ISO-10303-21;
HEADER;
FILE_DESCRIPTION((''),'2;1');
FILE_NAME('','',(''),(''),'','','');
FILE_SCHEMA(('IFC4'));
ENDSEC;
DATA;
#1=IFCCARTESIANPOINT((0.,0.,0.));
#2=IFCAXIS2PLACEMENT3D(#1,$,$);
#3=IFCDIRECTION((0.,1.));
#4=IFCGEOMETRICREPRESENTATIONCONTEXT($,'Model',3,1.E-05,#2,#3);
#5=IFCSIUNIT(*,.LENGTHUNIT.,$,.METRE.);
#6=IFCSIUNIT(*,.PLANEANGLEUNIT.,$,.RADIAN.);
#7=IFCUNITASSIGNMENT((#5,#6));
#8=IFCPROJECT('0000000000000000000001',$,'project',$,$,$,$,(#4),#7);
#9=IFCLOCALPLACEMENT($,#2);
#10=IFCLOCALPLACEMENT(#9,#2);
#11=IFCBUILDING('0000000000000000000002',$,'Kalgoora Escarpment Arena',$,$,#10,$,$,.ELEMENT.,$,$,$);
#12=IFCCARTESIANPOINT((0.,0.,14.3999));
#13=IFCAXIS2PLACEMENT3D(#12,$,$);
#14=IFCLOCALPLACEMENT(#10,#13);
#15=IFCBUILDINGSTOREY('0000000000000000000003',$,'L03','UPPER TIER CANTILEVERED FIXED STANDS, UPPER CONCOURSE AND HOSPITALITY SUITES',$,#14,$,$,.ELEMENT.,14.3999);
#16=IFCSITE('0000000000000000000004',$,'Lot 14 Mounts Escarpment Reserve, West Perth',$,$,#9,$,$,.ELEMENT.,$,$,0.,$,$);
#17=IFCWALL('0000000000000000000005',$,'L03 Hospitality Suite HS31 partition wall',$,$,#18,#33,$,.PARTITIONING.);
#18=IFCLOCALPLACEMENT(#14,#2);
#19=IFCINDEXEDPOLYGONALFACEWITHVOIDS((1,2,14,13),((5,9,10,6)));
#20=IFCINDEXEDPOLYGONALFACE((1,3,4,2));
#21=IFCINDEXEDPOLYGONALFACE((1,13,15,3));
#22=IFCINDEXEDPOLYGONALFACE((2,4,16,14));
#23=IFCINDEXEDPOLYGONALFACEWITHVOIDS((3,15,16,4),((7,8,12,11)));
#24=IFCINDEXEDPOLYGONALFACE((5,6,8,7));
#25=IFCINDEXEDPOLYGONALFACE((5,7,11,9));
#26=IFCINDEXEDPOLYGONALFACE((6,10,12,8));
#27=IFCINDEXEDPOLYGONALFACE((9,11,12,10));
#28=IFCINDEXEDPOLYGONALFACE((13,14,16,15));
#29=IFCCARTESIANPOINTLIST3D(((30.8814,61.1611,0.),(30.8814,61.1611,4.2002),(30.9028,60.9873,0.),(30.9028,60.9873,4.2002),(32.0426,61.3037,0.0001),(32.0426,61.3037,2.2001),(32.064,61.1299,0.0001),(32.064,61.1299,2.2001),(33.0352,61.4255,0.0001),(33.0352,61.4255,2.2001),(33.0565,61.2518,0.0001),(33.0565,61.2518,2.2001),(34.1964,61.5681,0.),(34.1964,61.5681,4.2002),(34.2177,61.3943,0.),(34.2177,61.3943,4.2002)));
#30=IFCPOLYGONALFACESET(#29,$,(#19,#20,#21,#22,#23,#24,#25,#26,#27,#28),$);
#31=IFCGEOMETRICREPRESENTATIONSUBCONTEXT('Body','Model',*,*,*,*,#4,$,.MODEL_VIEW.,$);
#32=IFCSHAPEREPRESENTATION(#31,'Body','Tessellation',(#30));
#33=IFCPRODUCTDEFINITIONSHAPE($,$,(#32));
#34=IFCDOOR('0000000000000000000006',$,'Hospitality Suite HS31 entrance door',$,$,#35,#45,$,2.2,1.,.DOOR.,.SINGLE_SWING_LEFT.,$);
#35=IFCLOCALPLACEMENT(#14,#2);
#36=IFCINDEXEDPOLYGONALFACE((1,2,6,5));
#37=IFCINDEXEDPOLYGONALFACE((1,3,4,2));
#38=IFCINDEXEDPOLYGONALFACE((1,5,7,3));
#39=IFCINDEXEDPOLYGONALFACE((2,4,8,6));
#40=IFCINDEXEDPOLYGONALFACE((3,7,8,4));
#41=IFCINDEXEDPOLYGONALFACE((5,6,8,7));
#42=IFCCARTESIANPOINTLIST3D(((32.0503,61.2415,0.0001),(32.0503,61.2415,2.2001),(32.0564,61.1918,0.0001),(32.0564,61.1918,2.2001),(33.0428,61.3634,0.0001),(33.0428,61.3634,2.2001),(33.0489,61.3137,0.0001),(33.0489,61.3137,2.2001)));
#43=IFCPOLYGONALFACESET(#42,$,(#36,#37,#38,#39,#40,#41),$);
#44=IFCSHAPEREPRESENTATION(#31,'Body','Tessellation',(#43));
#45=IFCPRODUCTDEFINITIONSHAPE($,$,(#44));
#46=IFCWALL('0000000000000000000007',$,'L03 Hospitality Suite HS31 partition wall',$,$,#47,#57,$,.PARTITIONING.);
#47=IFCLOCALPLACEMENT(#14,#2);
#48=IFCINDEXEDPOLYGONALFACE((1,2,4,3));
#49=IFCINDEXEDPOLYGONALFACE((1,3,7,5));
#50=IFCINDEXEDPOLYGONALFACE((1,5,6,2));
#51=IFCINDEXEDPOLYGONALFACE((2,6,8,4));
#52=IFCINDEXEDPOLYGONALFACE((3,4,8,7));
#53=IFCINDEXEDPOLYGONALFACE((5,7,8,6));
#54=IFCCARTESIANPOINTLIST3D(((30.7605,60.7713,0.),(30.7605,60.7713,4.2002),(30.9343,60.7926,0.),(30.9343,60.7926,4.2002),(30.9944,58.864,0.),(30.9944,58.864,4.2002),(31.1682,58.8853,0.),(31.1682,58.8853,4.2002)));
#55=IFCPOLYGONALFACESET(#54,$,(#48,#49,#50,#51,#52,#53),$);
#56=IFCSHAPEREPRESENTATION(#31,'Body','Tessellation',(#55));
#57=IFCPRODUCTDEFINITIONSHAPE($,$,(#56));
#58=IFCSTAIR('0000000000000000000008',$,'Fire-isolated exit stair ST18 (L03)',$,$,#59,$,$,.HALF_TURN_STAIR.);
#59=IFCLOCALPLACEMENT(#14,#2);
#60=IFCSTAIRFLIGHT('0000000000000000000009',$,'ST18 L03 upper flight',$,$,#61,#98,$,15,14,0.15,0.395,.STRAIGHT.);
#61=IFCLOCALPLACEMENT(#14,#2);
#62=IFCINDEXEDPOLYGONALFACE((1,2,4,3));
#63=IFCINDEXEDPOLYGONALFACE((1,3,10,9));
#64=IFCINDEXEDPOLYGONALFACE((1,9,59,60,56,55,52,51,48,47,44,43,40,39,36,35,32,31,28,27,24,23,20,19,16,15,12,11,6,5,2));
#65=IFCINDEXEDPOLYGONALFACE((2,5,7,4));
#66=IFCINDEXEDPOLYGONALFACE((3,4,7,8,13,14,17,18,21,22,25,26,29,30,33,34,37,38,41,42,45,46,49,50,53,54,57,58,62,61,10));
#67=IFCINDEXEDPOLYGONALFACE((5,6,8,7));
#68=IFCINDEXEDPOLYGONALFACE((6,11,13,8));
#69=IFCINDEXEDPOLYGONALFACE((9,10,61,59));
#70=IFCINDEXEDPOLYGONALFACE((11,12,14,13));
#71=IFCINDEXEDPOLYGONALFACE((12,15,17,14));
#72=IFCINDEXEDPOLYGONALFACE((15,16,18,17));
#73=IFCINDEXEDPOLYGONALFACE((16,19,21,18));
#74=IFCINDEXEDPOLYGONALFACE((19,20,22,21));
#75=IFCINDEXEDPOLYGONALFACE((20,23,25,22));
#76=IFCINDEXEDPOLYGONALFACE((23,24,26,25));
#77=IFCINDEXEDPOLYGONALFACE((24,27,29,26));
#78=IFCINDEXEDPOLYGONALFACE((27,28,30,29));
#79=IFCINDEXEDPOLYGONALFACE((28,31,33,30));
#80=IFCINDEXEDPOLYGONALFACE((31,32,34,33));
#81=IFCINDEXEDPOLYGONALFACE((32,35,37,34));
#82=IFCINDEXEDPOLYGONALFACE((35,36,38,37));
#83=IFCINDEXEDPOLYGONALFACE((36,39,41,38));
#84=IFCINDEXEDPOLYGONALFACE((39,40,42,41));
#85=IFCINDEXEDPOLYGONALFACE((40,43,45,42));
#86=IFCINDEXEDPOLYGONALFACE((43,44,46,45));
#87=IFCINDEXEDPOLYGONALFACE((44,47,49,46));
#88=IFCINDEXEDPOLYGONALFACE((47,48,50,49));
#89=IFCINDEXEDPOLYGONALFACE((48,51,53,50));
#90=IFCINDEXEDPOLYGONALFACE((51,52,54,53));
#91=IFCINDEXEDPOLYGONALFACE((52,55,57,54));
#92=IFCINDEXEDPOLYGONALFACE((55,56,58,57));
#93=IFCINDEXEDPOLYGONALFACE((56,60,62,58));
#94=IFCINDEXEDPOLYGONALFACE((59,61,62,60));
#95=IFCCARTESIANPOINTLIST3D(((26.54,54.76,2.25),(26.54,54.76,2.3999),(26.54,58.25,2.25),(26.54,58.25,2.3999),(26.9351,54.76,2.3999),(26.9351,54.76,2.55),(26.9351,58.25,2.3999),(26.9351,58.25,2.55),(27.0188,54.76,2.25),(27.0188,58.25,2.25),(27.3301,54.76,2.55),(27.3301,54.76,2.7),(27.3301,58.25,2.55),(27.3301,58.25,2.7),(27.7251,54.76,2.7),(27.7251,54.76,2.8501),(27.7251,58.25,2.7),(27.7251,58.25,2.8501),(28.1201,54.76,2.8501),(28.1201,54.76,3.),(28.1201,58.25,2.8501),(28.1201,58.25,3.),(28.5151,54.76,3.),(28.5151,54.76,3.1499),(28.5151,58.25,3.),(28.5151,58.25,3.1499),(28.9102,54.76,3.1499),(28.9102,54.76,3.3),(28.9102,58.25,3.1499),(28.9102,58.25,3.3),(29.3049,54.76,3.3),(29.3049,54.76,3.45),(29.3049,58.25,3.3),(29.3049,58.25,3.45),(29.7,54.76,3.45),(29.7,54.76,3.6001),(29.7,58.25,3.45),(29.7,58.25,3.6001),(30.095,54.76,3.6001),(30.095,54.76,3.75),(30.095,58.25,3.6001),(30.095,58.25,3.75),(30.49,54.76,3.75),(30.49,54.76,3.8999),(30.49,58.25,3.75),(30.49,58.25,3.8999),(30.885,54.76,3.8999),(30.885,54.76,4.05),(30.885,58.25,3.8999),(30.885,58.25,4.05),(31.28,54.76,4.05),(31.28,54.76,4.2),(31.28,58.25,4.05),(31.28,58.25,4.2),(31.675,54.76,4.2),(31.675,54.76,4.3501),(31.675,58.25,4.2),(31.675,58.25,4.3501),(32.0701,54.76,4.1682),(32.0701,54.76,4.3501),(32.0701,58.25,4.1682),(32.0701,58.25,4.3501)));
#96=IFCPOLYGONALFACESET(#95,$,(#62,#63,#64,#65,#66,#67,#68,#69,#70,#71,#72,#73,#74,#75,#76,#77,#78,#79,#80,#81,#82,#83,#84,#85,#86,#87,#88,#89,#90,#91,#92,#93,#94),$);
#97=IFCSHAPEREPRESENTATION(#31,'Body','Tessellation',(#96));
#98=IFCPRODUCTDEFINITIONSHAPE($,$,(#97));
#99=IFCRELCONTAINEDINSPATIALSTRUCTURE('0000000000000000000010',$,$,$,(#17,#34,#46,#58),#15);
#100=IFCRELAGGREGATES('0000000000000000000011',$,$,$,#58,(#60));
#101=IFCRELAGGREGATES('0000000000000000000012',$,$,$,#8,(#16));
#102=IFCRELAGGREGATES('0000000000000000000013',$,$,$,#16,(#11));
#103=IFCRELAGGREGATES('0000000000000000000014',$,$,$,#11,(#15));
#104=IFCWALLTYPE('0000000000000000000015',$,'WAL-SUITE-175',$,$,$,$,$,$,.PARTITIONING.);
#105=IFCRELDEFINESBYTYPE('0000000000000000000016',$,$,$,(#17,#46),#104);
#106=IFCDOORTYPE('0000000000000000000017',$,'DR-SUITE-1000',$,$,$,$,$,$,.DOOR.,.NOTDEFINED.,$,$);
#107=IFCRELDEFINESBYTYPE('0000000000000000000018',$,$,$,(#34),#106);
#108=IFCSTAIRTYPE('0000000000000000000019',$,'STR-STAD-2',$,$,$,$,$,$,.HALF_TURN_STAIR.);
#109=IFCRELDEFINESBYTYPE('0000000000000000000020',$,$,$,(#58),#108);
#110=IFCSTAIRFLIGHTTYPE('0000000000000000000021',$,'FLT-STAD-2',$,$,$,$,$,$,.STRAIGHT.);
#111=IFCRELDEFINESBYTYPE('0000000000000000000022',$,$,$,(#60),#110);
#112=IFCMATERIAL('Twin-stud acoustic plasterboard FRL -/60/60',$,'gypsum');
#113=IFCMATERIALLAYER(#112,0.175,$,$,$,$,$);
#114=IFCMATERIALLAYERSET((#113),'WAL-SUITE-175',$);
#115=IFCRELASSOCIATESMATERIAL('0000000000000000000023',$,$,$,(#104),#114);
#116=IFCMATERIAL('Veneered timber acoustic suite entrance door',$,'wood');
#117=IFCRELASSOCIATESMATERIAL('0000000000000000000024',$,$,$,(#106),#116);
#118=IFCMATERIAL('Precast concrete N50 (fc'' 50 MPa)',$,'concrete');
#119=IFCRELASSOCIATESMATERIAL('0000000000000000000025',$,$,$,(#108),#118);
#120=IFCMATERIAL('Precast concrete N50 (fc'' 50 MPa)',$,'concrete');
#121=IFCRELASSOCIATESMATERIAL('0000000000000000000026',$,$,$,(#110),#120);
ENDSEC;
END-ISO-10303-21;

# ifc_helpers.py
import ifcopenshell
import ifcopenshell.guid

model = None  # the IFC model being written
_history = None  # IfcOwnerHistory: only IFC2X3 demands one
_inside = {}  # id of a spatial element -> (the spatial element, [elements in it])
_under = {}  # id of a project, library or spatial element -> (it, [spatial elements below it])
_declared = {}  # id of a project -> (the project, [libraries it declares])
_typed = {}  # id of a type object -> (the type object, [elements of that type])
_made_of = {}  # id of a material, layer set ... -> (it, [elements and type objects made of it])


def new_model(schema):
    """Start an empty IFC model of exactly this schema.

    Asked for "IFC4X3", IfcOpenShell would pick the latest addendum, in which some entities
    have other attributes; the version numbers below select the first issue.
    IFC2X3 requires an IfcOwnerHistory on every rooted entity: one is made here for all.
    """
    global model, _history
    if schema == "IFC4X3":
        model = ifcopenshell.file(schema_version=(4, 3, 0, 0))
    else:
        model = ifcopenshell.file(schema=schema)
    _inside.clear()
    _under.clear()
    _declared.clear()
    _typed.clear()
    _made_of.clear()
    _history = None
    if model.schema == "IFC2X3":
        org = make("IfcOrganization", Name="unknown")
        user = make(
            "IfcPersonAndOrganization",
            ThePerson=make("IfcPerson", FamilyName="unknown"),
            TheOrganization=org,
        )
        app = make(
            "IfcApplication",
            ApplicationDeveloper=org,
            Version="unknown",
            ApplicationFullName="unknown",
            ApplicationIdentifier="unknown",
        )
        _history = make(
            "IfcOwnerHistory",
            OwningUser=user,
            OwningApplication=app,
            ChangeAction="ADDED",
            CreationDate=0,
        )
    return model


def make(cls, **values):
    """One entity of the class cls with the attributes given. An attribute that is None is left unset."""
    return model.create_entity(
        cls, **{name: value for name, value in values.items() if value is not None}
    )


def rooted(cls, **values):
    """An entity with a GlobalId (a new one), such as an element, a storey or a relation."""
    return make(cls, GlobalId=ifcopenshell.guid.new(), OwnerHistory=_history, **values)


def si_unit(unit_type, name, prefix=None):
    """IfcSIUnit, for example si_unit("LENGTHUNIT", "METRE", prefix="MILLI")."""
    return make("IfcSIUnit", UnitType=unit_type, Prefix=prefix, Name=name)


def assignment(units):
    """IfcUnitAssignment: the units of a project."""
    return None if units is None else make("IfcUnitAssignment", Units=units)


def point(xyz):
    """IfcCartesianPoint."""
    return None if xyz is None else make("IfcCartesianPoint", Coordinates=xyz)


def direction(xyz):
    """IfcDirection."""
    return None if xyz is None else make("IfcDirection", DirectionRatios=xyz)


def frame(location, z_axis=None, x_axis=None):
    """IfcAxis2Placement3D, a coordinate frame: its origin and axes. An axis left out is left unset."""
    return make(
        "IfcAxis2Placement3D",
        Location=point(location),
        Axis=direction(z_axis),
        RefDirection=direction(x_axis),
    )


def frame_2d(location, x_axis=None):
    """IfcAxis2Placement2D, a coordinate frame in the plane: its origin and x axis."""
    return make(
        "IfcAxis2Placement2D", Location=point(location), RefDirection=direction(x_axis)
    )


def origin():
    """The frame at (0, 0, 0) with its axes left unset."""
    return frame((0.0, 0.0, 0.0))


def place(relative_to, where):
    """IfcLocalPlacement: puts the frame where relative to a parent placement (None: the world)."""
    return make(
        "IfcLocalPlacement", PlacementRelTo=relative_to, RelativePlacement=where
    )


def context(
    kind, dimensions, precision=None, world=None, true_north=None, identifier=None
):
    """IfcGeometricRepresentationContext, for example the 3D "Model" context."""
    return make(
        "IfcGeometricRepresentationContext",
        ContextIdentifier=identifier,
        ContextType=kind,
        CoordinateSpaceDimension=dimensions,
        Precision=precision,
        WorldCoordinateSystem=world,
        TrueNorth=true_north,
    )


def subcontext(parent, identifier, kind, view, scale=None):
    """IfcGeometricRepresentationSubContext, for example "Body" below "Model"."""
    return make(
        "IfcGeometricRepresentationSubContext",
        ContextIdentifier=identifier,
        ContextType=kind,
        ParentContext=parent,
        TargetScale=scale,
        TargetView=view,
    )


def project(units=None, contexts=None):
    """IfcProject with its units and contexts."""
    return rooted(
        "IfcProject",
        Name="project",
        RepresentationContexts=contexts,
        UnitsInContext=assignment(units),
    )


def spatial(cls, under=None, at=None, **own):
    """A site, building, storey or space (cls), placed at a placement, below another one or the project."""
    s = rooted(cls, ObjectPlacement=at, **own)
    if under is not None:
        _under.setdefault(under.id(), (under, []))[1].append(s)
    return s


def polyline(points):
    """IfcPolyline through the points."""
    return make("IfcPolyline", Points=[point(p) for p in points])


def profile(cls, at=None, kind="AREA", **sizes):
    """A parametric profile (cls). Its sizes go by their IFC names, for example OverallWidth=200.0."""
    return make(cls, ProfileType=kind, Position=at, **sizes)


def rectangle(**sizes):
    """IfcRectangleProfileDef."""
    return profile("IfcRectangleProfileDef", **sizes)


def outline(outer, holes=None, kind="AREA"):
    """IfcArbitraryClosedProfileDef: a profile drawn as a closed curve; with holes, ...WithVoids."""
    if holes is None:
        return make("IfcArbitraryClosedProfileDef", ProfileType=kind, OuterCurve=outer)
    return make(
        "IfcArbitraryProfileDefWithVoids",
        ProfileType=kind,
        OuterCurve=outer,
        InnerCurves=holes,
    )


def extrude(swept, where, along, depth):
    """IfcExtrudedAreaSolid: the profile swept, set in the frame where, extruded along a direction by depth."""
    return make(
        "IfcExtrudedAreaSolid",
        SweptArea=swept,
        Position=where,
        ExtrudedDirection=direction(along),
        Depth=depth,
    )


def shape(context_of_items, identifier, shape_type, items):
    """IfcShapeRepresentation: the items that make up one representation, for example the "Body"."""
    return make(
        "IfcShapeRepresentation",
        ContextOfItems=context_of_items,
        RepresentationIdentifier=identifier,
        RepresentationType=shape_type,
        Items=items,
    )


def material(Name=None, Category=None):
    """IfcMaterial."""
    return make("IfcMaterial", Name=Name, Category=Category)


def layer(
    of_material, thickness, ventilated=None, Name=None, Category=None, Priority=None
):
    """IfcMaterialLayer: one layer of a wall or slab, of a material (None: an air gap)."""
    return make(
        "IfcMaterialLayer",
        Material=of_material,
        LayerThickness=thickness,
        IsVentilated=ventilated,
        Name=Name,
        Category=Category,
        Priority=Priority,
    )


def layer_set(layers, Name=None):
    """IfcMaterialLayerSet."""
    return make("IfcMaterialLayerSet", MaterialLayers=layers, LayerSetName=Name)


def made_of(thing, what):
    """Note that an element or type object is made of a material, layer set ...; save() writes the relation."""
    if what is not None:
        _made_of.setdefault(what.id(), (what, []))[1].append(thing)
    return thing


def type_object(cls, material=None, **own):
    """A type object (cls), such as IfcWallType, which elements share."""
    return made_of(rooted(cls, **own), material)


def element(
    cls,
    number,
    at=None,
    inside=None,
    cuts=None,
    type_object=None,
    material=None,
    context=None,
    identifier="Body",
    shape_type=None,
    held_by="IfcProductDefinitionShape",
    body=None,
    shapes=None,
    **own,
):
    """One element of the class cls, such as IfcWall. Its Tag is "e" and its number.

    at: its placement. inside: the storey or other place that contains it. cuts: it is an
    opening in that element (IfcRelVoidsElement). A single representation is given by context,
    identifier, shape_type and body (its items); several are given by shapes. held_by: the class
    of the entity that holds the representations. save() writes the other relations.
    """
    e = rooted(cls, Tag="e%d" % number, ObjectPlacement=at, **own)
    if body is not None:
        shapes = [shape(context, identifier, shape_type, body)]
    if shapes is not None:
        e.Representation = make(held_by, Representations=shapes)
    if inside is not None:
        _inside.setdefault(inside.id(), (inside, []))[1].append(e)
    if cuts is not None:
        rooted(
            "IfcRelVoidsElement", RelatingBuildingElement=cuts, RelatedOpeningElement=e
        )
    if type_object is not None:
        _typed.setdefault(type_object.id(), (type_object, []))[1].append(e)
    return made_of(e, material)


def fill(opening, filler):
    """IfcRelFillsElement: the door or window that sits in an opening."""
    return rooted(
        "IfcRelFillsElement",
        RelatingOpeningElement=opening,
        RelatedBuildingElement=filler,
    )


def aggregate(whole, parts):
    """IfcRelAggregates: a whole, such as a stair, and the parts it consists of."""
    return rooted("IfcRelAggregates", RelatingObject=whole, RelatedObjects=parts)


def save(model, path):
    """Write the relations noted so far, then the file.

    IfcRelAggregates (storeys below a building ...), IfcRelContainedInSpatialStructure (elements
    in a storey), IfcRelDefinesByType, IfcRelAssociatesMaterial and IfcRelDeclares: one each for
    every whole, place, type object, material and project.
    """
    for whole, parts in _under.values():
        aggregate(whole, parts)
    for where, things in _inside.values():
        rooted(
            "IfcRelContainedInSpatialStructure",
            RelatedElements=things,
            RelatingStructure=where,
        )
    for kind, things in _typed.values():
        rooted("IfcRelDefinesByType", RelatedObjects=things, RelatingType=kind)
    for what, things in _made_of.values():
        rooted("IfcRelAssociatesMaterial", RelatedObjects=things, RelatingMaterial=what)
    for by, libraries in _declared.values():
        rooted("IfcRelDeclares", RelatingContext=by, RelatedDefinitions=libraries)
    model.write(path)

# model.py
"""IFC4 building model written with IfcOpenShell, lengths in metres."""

from ifc_helpers import new_model, si_unit, direction, frame, frame_2d, origin, place, context, subcontext, project, spatial, polyline, rectangle, outline, extrude, material, layer, layer_set, type_object, element, fill, aggregate, save


model = new_model("IFC4")

# Units and contexts
model_context = context("Model", 3, precision=1e-05, world=origin(), true_north=direction((0.0, 1.0)))
body_context = subcontext(model_context, "Body", "Model", "MODEL_VIEW")
ifc_project = project(units=[si_unit("LENGTHUNIT", "METRE"), si_unit("PLANEANGLEUNIT", "RADIAN")], contexts=[model_context])

# Site, building, storey
site_placement = place(None, origin())
site = spatial("IfcSite", under=ifc_project, at=site_placement, Name="Lot 14 Mounts Escarpment Reserve, West Perth", CompositionType="ELEMENT", RefElevation=0.0)
building_placement = place(site_placement, origin())
building = spatial("IfcBuilding", under=site, at=building_placement, Name="Kalgoora Escarpment Arena", CompositionType="ELEMENT")
storey_placement = place(building_placement, frame((0.0, 0.0, 14.3999)))
storey = spatial("IfcBuildingStorey", under=building, at=storey_placement, Name="L03", Description="UPPER TIER CANTILEVERED FIXED STANDS, UPPER CONCOURSE AND HOSPITALITY SUITES", CompositionType="ELEMENT", Elevation=14.3999)

# Wall, opening, door
ifc_material_1 = material(Name="Twin-stud acoustic plasterboard FRL -/60/60", Category="gypsum")
ifc_layer_1 = layer(ifc_material_1, 0.175)
ifc_layer_set_1 = layer_set([ifc_layer_1], Name="WAL-SUITE-175")
wall_type_1 = type_object("IfcWallType", Name="WAL-SUITE-175", PredefinedType="PARTITIONING", material=ifc_layer_set_1)
wall_1_placement = place(storey_placement, frame((30.8921, 61.0742, 0.0), z_axis=(0.0, 0.0, 1.0), x_axis=(0.992548, 0.121857, 0.0)))
wall_1 = element("IfcWall", 1, at=wall_1_placement, inside=storey, type_object=wall_type_1, Name="L03 Hospitality Suite HS31 partition wall", PredefinedType="PARTITIONING", context=body_context, shape_type="SweptSolid", body=[
    extrude(rectangle(XDim=3.3398, YDim=0.175, at=frame_2d((1.6699, 0.0))), origin(), (0.0, 0.0, 1.0), 4.2002),
])
opening_1_placement = place(wall_1_placement, frame((1.1699, 0.0, 0.0)))
opening_1 = element("IfcOpeningElement", 2, at=opening_1_placement, cuts=wall_1, PredefinedType="OPENING", context=body_context, shape_type="SweptSolid", body=[
    extrude(rectangle(XDim=1.0, YDim=2.2, at=frame_2d((0.5, 1.1001))), frame((0.0, 0.0974, 0.0), z_axis=(0.0, -1.0, 0.0), x_axis=(1.0, 0.0, 0.0)), (0.0, 0.0, 1.0), 0.1951),
])
ifc_material_2 = material(Name="Veneered timber acoustic suite entrance door", Category="wood")
door_type_1 = type_object("IfcDoorType", Name="DR-SUITE-1000", OperationType="NOTDEFINED", PredefinedType="DOOR", material=ifc_material_2)
door_1_placement = place(opening_1_placement, origin())
door_1 = element("IfcDoor", 3, at=door_1_placement, inside=storey, type_object=door_type_1, Name="Hospitality Suite HS31 entrance door", OperationType="SINGLE_SWING_LEFT", OverallHeight=2.2, OverallWidth=1.0, PredefinedType="DOOR", context=body_context, shape_type="SweptSolid", body=[
    extrude(rectangle(XDim=1.0, YDim=2.2, at=frame_2d((0.5, 1.1001))), frame((0.0, 0.0249, 0.0), z_axis=(0.0, -1.0, 0.0), x_axis=(1.0, 0.0, 0.0)), (0.0, 0.0, 1.0), 0.05),
])
fill(opening_1, door_1)

# Wall
wall_2_placement = place(storey_placement, frame((31.0813, 58.8745, 0.0), z_axis=(0.0, 0.0, 1.0), x_axis=(-0.12172, 0.992564, 0.0)))
element("IfcWall", 4, at=wall_2_placement, inside=storey, type_object=wall_type_1, Name="L03 Hospitality Suite HS31 partition wall", PredefinedType="PARTITIONING", context=body_context, shape_type="SweptSolid", body=[
    extrude(rectangle(XDim=1.9216, YDim=0.175, at=frame_2d((0.9609, 0.0))), origin(), (0.0, 0.0, 1.0), 4.2002),
])

# Stair, stair flight
ifc_material_3 = material(Name="Precast concrete N50 (fc' 50 MPa)", Category="concrete")
stair_type = type_object("IfcStairType", Name="STR-STAD-2", PredefinedType="HALF_TURN_STAIR", material=ifc_material_3)
stair_placement = place(storey_placement, origin())
stair = element("IfcStair", 5, at=stair_placement, inside=storey, type_object=stair_type, Name="Fire-isolated exit stair ST18 (L03)", PredefinedType="HALF_TURN_STAIR")
ifc_material_4 = material(Name="Precast concrete N50 (fc' 50 MPa)", Category="concrete")
stair_flight_type = type_object("IfcStairFlightType", Name="FLT-STAD-2", PredefinedType="STRAIGHT", material=ifc_material_4)
stair_flight_placement = place(storey_placement, frame((26.54, 56.5049, 2.25), z_axis=(0.0, 0.0, 1.0), x_axis=(1.0, 0.0, 0.0)))
stair_flight = element("IfcStairFlight", 6, at=stair_flight_placement, type_object=stair_flight_type, Name="ST18 L03 upper flight", NumberOfRisers=15, NumberOfTreads=14, PredefinedType="STRAIGHT", RiserHeight=0.15, TreadLength=0.395, context=body_context, shape_type="SweptSolid", body=[
    extrude(outline(polyline([(0.0, 0.0), (0.0, 0.1499), (0.395, 0.1499), (0.395, 0.3), (0.79, 0.3), (0.79, 0.45), (1.1851, 0.45), (1.1851, 0.6001), (1.5801, 0.6001), (1.5801, 0.75), (1.9751, 0.75), (1.9751, 0.8999), (2.3701, 0.8999), (2.3701, 1.05), (2.7649, 1.05), (2.7649, 1.2), (3.1599, 1.2), (3.1599, 1.3501), (3.5549, 1.3501), (3.5549, 1.5), (3.95, 1.5), (3.95, 1.6499), (4.345, 1.6499), (4.345, 1.8), (4.74, 1.8), (4.74, 1.95), (5.135, 1.95), (5.135, 2.1001), (5.53, 2.1001), (5.53, 2.25), (5.53, 1.9182), (0.4788, 0.0), (0.0, 0.0)])), frame((0.0, 1.7451, 0.0), z_axis=(0.0, -1.0, 0.0), x_axis=(1.0, 0.0, 0.0)), (0.0, 0.0, 1.0), 3.49),
])
aggregate(stair, [stair_flight])

save(model, "model.ifc")
